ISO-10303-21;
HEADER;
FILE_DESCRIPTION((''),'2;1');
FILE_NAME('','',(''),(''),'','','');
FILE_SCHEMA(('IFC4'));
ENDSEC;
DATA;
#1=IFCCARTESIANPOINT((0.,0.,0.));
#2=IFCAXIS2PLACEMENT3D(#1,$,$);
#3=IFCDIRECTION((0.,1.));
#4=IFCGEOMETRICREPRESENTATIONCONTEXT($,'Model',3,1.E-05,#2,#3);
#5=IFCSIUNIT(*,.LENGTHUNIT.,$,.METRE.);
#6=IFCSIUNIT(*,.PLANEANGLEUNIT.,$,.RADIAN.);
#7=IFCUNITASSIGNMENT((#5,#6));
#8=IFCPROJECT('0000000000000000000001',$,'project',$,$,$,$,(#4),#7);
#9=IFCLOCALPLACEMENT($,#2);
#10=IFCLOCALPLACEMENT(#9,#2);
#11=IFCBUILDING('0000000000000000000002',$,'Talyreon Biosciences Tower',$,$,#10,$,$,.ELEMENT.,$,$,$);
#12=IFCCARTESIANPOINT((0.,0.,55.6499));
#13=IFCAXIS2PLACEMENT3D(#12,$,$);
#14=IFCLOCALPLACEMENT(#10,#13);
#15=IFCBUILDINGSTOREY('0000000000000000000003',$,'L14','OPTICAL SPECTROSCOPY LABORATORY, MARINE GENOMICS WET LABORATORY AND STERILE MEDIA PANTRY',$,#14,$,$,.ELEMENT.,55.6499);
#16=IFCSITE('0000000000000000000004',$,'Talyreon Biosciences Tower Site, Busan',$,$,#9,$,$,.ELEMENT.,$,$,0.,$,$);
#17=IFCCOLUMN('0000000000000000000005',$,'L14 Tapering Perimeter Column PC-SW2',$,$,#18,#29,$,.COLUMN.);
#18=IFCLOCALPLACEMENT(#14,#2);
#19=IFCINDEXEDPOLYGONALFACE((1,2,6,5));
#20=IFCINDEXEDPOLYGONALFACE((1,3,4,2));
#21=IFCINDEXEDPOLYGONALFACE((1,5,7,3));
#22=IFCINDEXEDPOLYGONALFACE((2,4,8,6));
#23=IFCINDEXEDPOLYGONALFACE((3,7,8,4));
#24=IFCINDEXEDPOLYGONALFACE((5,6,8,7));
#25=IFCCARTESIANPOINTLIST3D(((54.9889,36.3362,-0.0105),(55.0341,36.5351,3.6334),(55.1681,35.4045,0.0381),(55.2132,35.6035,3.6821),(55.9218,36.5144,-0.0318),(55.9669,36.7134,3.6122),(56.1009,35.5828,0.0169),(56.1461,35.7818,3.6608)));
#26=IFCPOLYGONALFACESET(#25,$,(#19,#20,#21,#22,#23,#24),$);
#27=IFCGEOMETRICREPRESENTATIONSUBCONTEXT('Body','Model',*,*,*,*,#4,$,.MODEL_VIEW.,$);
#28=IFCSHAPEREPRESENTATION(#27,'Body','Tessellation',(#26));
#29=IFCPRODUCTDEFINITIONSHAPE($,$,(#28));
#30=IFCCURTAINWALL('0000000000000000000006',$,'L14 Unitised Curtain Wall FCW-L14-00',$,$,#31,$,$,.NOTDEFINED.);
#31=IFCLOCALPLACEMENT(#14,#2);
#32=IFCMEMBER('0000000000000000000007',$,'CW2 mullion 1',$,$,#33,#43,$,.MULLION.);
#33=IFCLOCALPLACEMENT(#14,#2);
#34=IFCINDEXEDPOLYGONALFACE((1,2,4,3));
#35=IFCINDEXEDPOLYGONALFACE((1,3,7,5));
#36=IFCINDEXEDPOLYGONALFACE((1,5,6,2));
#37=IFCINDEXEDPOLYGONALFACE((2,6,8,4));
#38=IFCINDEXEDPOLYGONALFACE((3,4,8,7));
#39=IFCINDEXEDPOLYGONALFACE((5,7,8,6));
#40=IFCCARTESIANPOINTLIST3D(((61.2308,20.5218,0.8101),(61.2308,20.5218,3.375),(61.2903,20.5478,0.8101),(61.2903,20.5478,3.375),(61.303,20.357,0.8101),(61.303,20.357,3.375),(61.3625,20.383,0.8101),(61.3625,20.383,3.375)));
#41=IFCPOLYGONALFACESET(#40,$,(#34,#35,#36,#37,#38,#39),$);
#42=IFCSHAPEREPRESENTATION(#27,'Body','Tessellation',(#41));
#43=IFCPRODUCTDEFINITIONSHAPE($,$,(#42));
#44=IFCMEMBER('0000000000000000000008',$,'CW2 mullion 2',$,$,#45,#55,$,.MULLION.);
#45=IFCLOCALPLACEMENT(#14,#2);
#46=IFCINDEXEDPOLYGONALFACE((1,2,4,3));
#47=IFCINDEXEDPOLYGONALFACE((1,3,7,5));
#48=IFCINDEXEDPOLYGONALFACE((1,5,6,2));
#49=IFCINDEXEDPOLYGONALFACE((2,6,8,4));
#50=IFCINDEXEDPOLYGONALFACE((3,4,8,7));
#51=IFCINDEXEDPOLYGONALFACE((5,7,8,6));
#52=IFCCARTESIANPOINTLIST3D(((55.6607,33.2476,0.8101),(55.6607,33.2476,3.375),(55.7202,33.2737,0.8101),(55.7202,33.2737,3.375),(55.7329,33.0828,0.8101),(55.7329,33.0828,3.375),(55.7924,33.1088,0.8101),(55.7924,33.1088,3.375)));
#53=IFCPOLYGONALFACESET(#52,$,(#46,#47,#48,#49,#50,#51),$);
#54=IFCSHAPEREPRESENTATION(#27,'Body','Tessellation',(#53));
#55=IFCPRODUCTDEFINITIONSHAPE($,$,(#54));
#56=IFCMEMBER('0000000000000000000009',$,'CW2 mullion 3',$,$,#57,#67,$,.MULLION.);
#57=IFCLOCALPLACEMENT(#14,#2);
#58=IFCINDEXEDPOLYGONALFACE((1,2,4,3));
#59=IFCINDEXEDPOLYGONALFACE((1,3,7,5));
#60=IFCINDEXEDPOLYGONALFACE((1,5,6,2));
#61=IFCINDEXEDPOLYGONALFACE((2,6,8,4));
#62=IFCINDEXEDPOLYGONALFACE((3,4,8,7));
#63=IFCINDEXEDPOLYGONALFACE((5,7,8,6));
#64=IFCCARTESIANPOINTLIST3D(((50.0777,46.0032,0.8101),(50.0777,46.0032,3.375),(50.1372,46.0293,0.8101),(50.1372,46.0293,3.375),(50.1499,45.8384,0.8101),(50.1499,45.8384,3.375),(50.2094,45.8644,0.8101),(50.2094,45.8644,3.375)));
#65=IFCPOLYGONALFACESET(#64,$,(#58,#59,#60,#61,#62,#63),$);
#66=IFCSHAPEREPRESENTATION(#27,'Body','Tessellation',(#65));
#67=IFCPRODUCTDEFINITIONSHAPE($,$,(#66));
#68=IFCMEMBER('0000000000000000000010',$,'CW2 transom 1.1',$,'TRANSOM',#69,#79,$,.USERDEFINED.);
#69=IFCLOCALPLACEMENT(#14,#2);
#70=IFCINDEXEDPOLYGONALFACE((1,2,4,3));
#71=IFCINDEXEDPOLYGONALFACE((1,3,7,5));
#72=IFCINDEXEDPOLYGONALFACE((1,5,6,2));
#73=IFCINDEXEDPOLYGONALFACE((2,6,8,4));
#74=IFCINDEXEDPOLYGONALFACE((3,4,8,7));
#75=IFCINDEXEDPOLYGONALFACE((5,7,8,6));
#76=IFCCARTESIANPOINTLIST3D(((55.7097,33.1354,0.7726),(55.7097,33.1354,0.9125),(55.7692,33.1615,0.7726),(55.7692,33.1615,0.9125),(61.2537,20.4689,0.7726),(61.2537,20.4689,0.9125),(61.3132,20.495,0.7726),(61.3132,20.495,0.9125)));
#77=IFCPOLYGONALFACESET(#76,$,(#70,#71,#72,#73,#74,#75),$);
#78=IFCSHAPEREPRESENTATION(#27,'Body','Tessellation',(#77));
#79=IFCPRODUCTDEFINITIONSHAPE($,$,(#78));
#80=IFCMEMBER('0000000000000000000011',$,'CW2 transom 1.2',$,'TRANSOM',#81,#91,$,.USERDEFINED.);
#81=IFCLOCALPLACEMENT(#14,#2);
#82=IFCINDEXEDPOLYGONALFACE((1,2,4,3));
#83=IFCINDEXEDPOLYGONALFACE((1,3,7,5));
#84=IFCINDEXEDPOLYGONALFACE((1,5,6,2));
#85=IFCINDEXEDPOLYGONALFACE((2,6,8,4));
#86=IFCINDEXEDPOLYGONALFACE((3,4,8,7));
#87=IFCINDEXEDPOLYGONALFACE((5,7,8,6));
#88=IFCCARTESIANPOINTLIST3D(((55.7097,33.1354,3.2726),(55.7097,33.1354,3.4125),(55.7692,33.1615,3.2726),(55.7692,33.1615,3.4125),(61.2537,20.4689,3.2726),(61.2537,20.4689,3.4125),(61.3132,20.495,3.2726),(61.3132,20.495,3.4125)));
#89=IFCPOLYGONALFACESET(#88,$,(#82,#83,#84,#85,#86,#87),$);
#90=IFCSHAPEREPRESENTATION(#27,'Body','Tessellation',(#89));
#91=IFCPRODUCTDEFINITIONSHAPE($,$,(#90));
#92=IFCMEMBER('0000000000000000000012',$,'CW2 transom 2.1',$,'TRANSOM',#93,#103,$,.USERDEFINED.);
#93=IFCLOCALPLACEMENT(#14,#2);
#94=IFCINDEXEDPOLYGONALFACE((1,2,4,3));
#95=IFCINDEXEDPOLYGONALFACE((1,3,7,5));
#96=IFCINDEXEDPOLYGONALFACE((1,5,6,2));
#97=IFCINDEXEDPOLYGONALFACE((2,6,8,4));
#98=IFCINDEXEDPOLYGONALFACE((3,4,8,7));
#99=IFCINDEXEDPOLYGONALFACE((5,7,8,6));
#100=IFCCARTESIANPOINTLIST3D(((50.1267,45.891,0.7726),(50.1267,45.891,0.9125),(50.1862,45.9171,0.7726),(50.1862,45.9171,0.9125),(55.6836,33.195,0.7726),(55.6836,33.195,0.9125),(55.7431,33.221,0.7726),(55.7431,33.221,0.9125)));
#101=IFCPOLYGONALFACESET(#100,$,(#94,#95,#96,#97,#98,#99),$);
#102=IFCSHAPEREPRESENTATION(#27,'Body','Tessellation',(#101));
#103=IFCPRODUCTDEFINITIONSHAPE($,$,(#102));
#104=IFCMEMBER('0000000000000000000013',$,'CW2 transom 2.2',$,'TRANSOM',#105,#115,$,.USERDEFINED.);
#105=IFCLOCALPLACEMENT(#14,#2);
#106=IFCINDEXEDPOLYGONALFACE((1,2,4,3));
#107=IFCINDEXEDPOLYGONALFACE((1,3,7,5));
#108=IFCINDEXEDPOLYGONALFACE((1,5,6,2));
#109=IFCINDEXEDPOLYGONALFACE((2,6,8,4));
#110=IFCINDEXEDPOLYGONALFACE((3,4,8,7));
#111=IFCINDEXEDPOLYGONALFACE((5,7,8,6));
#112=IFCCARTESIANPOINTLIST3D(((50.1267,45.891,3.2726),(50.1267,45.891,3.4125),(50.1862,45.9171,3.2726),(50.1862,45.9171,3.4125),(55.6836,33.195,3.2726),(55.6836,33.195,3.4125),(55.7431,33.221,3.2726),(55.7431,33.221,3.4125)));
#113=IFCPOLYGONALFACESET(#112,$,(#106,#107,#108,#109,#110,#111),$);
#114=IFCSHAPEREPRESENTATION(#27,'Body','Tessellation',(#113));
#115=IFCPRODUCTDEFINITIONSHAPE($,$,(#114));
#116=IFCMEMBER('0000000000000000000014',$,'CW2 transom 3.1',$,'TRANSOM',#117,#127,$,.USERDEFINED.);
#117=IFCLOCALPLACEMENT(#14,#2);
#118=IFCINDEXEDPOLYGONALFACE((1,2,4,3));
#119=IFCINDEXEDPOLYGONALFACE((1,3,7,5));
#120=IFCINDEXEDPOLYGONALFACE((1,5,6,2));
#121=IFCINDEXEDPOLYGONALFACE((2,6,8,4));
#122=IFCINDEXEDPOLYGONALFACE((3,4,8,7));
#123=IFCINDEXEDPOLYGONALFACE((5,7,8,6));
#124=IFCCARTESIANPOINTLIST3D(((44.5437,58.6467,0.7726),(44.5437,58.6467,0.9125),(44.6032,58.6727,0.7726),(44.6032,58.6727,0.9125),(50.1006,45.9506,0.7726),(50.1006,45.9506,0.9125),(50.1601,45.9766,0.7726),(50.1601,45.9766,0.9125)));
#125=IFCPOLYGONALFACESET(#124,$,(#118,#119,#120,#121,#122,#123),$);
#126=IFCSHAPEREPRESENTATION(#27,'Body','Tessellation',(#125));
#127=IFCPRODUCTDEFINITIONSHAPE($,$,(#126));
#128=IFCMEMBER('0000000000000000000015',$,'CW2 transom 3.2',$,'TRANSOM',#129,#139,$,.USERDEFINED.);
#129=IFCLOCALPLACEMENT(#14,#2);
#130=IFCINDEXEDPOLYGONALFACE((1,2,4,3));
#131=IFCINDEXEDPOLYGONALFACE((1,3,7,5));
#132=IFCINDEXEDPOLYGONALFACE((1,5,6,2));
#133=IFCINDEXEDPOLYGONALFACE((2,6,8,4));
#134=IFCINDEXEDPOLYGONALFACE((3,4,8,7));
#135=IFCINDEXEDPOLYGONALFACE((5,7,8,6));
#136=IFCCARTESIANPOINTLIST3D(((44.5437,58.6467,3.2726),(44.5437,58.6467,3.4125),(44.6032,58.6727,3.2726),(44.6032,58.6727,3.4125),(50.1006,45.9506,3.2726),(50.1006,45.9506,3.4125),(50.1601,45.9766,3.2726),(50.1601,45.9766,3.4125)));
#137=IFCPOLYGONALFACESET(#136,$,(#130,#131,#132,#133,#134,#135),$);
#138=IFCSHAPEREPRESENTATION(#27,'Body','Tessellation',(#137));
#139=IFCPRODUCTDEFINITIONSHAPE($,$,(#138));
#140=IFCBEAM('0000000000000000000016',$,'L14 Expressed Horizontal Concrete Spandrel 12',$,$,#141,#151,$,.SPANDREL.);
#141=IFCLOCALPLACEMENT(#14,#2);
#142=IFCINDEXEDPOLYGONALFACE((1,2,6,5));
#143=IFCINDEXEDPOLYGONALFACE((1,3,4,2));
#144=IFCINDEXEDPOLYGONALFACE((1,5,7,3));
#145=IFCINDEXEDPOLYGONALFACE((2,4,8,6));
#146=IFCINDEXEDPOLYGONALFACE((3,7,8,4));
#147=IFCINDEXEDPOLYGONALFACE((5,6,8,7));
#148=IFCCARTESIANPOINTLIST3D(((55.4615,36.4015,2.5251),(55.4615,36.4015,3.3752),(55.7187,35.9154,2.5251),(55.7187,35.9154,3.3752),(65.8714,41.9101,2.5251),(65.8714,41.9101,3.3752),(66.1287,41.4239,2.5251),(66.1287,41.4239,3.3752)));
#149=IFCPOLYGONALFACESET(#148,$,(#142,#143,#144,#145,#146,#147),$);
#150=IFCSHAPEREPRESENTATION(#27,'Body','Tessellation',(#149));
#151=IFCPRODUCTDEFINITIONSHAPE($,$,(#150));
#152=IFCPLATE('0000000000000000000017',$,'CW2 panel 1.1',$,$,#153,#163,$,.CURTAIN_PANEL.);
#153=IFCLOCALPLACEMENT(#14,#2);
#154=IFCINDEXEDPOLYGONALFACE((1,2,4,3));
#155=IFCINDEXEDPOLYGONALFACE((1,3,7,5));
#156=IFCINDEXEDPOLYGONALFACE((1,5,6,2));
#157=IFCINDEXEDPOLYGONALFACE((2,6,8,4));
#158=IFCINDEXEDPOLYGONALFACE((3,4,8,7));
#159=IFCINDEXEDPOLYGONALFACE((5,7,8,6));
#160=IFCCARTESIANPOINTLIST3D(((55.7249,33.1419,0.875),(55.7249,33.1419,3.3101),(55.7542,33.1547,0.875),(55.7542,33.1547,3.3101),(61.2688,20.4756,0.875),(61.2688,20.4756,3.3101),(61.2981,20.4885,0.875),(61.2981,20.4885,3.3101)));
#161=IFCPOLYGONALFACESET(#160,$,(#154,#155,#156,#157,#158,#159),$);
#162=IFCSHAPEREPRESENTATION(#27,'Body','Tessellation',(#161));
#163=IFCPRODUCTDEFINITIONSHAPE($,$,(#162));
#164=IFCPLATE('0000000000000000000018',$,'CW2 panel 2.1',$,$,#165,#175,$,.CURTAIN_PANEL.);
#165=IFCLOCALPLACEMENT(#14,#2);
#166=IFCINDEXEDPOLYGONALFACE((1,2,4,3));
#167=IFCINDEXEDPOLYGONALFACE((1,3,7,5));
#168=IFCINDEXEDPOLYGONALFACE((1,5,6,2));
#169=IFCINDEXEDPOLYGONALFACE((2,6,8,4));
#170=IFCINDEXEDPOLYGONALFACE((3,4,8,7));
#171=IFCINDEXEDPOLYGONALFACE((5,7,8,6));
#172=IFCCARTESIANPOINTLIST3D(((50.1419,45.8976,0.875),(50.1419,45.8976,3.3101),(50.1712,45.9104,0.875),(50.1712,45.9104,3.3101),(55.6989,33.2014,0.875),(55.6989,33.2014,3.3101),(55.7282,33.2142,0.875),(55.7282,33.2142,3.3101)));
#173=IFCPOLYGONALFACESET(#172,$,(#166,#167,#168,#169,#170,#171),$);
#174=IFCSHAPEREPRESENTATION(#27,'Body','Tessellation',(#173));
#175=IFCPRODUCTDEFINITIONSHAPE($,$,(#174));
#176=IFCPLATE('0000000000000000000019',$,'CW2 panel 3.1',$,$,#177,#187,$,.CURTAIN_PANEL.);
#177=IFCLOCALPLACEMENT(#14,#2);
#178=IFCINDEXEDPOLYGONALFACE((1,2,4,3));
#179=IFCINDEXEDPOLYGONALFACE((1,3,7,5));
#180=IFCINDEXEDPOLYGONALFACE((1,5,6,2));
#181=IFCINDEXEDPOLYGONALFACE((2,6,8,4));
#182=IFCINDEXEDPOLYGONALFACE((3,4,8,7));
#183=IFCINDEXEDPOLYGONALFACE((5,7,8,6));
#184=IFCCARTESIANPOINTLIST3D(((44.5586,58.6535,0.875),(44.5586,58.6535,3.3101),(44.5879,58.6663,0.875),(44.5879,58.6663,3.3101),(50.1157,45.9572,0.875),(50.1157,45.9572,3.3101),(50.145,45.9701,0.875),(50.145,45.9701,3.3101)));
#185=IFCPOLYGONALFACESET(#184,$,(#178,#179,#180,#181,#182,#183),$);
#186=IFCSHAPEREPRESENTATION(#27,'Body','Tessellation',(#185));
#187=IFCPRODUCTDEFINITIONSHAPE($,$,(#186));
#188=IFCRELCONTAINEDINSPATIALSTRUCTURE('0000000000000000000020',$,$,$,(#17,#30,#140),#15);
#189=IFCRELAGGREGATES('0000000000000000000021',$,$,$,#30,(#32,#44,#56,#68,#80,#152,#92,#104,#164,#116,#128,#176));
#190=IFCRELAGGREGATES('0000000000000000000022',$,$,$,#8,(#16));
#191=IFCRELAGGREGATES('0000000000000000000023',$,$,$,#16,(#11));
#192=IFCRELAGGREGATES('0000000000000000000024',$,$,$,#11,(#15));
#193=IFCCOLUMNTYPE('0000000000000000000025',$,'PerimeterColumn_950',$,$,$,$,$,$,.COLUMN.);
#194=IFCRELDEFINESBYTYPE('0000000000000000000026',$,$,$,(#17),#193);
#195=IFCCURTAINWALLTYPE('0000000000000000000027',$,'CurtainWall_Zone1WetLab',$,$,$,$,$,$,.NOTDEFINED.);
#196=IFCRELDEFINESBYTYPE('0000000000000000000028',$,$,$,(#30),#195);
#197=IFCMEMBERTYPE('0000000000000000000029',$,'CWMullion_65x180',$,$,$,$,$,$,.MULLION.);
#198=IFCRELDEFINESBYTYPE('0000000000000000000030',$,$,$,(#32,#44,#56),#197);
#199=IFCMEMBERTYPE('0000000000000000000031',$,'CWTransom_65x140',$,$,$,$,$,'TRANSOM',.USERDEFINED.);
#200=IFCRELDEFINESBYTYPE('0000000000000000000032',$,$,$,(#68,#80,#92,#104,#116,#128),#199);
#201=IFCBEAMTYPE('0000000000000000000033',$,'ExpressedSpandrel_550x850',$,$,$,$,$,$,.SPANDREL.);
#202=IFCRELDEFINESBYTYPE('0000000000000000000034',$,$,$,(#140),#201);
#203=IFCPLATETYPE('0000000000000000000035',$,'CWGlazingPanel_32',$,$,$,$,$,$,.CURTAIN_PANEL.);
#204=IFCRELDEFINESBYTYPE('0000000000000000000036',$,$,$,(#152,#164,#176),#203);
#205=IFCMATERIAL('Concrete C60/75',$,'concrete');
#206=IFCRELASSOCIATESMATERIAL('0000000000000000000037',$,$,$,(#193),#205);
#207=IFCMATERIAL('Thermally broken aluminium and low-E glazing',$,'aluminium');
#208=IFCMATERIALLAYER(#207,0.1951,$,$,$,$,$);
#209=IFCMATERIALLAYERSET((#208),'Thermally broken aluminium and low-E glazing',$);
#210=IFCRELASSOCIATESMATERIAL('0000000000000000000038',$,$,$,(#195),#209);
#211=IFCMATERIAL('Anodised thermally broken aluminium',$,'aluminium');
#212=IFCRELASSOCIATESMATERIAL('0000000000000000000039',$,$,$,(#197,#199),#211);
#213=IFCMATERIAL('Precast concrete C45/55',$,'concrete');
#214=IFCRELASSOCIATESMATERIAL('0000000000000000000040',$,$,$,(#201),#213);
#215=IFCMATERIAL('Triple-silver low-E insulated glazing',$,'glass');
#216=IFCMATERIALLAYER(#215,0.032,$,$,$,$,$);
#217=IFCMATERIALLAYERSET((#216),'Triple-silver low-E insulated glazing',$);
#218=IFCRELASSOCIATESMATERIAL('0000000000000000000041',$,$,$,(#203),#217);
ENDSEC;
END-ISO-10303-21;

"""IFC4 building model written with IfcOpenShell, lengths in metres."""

from ifc_helpers import new_model, si_unit, direction, frame, origin, origin_2d, place, context, subcontext, project, spatial, rectangle, extrude, material, layer, layer_set, material_profile, profile_set, type_object, element, aggregate, save


model = new_model("IFC4")

# Units and contexts
model_context = context("Model", 3, precision=1e-05, world=origin(), true_north=direction((0.0, 1.0)))
body_context = subcontext(model_context, "Body", "Model", "MODEL_VIEW")
ifc_project = project(units=[si_unit("LENGTHUNIT", "METRE"), si_unit("PLANEANGLEUNIT", "RADIAN")], contexts=[model_context])

# Site, building, storey
site_placement = place(None, origin())
site = spatial("IfcSite", under=ifc_project, at=site_placement, Name="Talyreon Biosciences Tower Site, Busan", CompositionType="ELEMENT", RefElevation=0.0)
building_placement = place(site_placement, origin())
building = spatial("IfcBuilding", under=site, at=building_placement, Name="Talyreon Biosciences Tower", CompositionType="ELEMENT")
storey_placement = place(building_placement, frame((0.0, 0.0, 55.6499)))
storey = spatial("IfcBuildingStorey", under=building, at=storey_placement, Name="L14", Description="OPTICAL SPECTROSCOPY LABORATORY, MARINE GENOMICS WET LABORATORY AND STERILE MEDIA PANTRY", CompositionType="ELEMENT", Elevation=55.6499)

# Column
ifc_material_1 = material(Name="Concrete C60/75", Category="concrete")
ifc_material_profile_1 = material_profile(ifc_material_1, rectangle(XDim=0.95, YDim=0.95, at=origin_2d()), Name="RC 950x950")
ifc_profile_set_1 = profile_set([ifc_material_profile_1], Name="Concrete C60/75")
column_type = type_object("IfcColumnType", Name="PerimeterColumn_950", PredefinedType="COLUMN", material=ifc_profile_set_1)
column_placement = place(storey_placement, frame((55.5449, 35.9595, 0.0032), z_axis=(0.012375, 0.054517, 0.998436), x_axis=(-0.188589, 0.98072, -0.051213)))
element("IfcColumn", 1, at=column_placement, inside=storey, type_object=column_type, Name="L14 Tapering Perimeter Column PC-SW2", PredefinedType="COLUMN", context=body_context, shape_type="SweptSolid", body=[
    extrude(rectangle(XDim=0.95, YDim=0.95, at=origin_2d()), origin(), (0.0, 0.0, 1.0), 3.6497),
])

# Curtain wall, members
ifc_material_2 = material(Name="Thermally broken aluminium and low-E glazing", Category="aluminium")
ifc_layer_1 = layer(ifc_material_2, 0.1951)
ifc_layer_set_1 = layer_set([ifc_layer_1], Name="Thermally broken aluminium and low-E glazing")
curtain_wall_type = type_object("IfcCurtainWallType", Name="CurtainWall_Zone1WetLab", PredefinedType="NOTDEFINED", material=ifc_layer_set_1)
curtain_wall_placement = place(storey_placement, origin())
curtain_wall = element("IfcCurtainWall", 2, at=curtain_wall_placement, inside=storey, type_object=curtain_wall_type, Name="L14 Unitised Curtain Wall FCW-L14-00", PredefinedType="NOTDEFINED")
ifc_material_3 = material(Name="Anodised thermally broken aluminium", Category="aluminium")
ifc_material_profile_2 = material_profile(ifc_material_3, rectangle(XDim=0.0649, YDim=0.1799, at=origin_2d()), Name="ALUM MULLION 65x180")
ifc_profile_set_2 = profile_set([ifc_material_profile_2], Name="Anodised thermally broken aluminium")
member_type_1 = type_object("IfcMemberType", Name="CWMullion_65x180", PredefinedType="MULLION", material=ifc_profile_set_2)
member_1_placement = place(storey_placement, frame((61.2966, 20.4524, 0.8101), z_axis=(0.0, 0.0, 1.0), x_axis=(-0.916092, -0.400968, 0.0)))
member_1 = element("IfcMember", 3, at=member_1_placement, type_object=member_type_1, Name="CW2 mullion 1", PredefinedType="MULLION", context=body_context, shape_type="SweptSolid", body=[
    extrude(rectangle(XDim=0.0649, YDim=0.1799, at=origin_2d()), origin(), (0.0, 0.0, 1.0), 2.5649),
])
member_2_placement = place(storey_placement, frame((55.7266, 33.1782, 0.8101), z_axis=(0.0, 0.0, 1.0), x_axis=(-0.916092, -0.400968, 0.0)))
member_2 = element("IfcMember", 4, at=member_2_placement, type_object=member_type_1, Name="CW2 mullion 2", PredefinedType="MULLION", context=body_context, shape_type="SweptSolid", body=[
    extrude(rectangle(XDim=0.0649, YDim=0.1799, at=origin_2d()), origin(), (0.0, 0.0, 1.0), 2.5649),
])
member_3_placement = place(storey_placement, frame((50.1436, 45.9338, 0.8101), z_axis=(0.0, 0.0, 1.0), x_axis=(-0.916092, -0.400968, 0.0)))
member_3 = element("IfcMember", 5, at=member_3_placement, type_object=member_type_1, Name="CW2 mullion 3", PredefinedType="MULLION", context=body_context, shape_type="SweptSolid", body=[
    extrude(rectangle(XDim=0.0649, YDim=0.1799, at=origin_2d()), origin(), (0.0, 0.0, 1.0), 2.5649),
])
ifc_material_profile_3 = material_profile(ifc_material_3, rectangle(XDim=0.0649, YDim=0.1399, at=origin_2d()), Name="ALUM TRANSOM 65x140")
ifc_profile_set_3 = profile_set([ifc_material_profile_3], Name="Anodised thermally broken aluminium")
member_type_2 = type_object("IfcMemberType", Name="CWTransom_65x140", ElementType="TRANSOM", PredefinedType="USERDEFINED", material=ifc_profile_set_3)
member_4_placement = place(storey_placement, frame((61.2834, 20.4819, 0.8425), z_axis=(-0.400961, 0.916095, 0.0), x_axis=(-0.916095, -0.400961, 0.0)))
member_4 = element("IfcMember", 6, at=member_4_placement, type_object=member_type_2, Name="CW2 transom 1.1", ObjectType="TRANSOM", PredefinedType="USERDEFINED", context=body_context, shape_type="SweptSolid", body=[
    extrude(rectangle(XDim=0.0649, YDim=0.1399, at=origin_2d()), origin(), (0.0, 0.0, 1.0), 13.8267),
])
member_5_placement = place(storey_placement, frame((61.2834, 20.4819, 3.3425), z_axis=(-0.400961, 0.916095, 0.0), x_axis=(-0.916095, -0.400961, 0.0)))
member_5 = element("IfcMember", 7, at=member_5_placement, type_object=member_type_2, Name="CW2 transom 1.2", ObjectType="TRANSOM", PredefinedType="USERDEFINED", context=body_context, shape_type="SweptSolid", body=[
    extrude(rectangle(XDim=0.0649, YDim=0.1399, at=origin_2d()), origin(), (0.0, 0.0, 1.0), 13.8267),
])
member_6_placement = place(storey_placement, frame((55.7134, 33.208, 0.8425), z_axis=(-0.400962, 0.916095, 0.0), x_axis=(-0.916095, -0.400962, 0.0)))
member_6 = element("IfcMember", 8, at=member_6_placement, type_object=member_type_2, Name="CW2 transom 2.1", ObjectType="TRANSOM", PredefinedType="USERDEFINED", context=body_context, shape_type="SweptSolid", body=[
    extrude(rectangle(XDim=0.0649, YDim=0.1399, at=origin_2d()), origin(), (0.0, 0.0, 1.0), 13.8589),
])
member_7_placement = place(storey_placement, frame((55.7134, 33.208, 3.3425), z_axis=(-0.400962, 0.916095, 0.0), x_axis=(-0.916095, -0.400962, 0.0)))
member_7 = element("IfcMember", 9, at=member_7_placement, type_object=member_type_2, Name="CW2 transom 2.2", ObjectType="TRANSOM", PredefinedType="USERDEFINED", context=body_context, shape_type="SweptSolid", body=[
    extrude(rectangle(XDim=0.0649, YDim=0.1399, at=origin_2d()), origin(), (0.0, 0.0, 1.0), 13.8589),
])
member_8_placement = place(storey_placement, frame((50.1304, 45.9636, 0.8425), z_axis=(-0.400962, 0.916095, 0.0), x_axis=(-0.916095, -0.400962, 0.0)))
member_8 = element("IfcMember", 10, at=member_8_placement, type_object=member_type_2, Name="CW2 transom 3.1", ObjectType="TRANSOM", PredefinedType="USERDEFINED", context=body_context, shape_type="SweptSolid", body=[
    extrude(rectangle(XDim=0.0649, YDim=0.1399, at=origin_2d()), origin(), (0.0, 0.0, 1.0), 13.8589),
])
member_9_placement = place(storey_placement, frame((50.1304, 45.9636, 3.3425), z_axis=(-0.400962, 0.916095, 0.0), x_axis=(-0.916095, -0.400962, 0.0)))
member_9 = element("IfcMember", 11, at=member_9_placement, type_object=member_type_2, Name="CW2 transom 3.2", ObjectType="TRANSOM", PredefinedType="USERDEFINED", context=body_context, shape_type="SweptSolid", body=[
    extrude(rectangle(XDim=0.0649, YDim=0.1399, at=origin_2d()), origin(), (0.0, 0.0, 1.0), 13.8589),
])

# Beam
ifc_material_4 = material(Name="Precast concrete C45/55", Category="concrete")
ifc_material_profile_4 = material_profile(ifc_material_4, rectangle(XDim=0.55, YDim=0.8501, at=origin_2d()), Name="RCB 550x850")
ifc_profile_set_4 = profile_set([ifc_material_profile_4], Name="Precast concrete C45/55")
beam_type = type_object("IfcBeamType", Name="ExpressedSpandrel_550x850", PredefinedType="SPANDREL", material=ifc_profile_set_4)
beam_placement = place(storey_placement, frame((55.5901, 36.1584, 2.9502), z_axis=(0.883879, 0.467716, 0.0), x_axis=(-0.467716, 0.883879, 0.0)))
element("IfcBeam", 12, at=beam_placement, inside=storey, type_object=beam_type, Name="L14 Expressed Horizontal Concrete Spandrel 12", PredefinedType="SPANDREL", context=body_context, shape_type="SweptSolid", body=[
    extrude(rectangle(XDim=0.55, YDim=0.8501, at=origin_2d()), origin(), (0.0, 0.0, 1.0), 11.7776),
])

# Plates
ifc_material_5 = material(Name="Triple-silver low-E insulated glazing", Category="glass")
ifc_layer_2 = layer(ifc_material_5, 0.032)
ifc_layer_set_2 = layer_set([ifc_layer_2], Name="Triple-silver low-E insulated glazing")
plate_type_1 = type_object("IfcPlateType", Name="CWGlazingPanel_32", PredefinedType="CURTAIN_PANEL", material=ifc_layer_set_2)
plate_1_placement = place(storey_placement, frame((58.5115, 26.8152, 0.875), z_axis=(0.0, 0.0, 1.0), x_axis=(-0.400968, 0.916092, 0.0)))
plate_1 = element("IfcPlate", 13, at=plate_1_placement, type_object=plate_type_1, Name="CW2 panel 1.1", PredefinedType="CURTAIN_PANEL", context=body_context, shape_type="SweptSolid", body=[
    extrude(rectangle(XDim=13.8264, YDim=0.032, at=origin_2d()), origin(), (0.0, 0.0, 1.0), 2.4351),
])
plate_2_placement = place(storey_placement, frame((52.9351, 39.5559, 0.875), z_axis=(0.0, 0.0, 1.0), x_axis=(-0.400968, 0.916092, 0.0)))
plate_2 = element("IfcPlate", 14, at=plate_2_placement, type_object=plate_type_1, Name="CW2 panel 2.1", PredefinedType="CURTAIN_PANEL", context=body_context, shape_type="SweptSolid", body=[
    extrude(rectangle(XDim=13.8591, YDim=0.032, at=origin_2d()), origin(), (0.0, 0.0, 1.0), 2.4351),
])
plate_3_placement = place(storey_placement, frame((47.3518, 52.3118, 0.875), z_axis=(0.0, 0.0, 1.0), x_axis=(-0.400968, 0.916092, 0.0)))
plate_3 = element("IfcPlate", 15, at=plate_3_placement, type_object=plate_type_1, Name="CW2 panel 3.1", PredefinedType="CURTAIN_PANEL", context=body_context, shape_type="SweptSolid", body=[
    extrude(rectangle(XDim=13.8591, YDim=0.032, at=origin_2d()), origin(), (0.0, 0.0, 1.0), 2.4351),
])
aggregate(curtain_wall, [member_1, member_2, member_3, member_4, member_5, plate_1, member_6, member_7, plate_2, member_8, member_9, plate_3])

save(model, "model.ifc")
